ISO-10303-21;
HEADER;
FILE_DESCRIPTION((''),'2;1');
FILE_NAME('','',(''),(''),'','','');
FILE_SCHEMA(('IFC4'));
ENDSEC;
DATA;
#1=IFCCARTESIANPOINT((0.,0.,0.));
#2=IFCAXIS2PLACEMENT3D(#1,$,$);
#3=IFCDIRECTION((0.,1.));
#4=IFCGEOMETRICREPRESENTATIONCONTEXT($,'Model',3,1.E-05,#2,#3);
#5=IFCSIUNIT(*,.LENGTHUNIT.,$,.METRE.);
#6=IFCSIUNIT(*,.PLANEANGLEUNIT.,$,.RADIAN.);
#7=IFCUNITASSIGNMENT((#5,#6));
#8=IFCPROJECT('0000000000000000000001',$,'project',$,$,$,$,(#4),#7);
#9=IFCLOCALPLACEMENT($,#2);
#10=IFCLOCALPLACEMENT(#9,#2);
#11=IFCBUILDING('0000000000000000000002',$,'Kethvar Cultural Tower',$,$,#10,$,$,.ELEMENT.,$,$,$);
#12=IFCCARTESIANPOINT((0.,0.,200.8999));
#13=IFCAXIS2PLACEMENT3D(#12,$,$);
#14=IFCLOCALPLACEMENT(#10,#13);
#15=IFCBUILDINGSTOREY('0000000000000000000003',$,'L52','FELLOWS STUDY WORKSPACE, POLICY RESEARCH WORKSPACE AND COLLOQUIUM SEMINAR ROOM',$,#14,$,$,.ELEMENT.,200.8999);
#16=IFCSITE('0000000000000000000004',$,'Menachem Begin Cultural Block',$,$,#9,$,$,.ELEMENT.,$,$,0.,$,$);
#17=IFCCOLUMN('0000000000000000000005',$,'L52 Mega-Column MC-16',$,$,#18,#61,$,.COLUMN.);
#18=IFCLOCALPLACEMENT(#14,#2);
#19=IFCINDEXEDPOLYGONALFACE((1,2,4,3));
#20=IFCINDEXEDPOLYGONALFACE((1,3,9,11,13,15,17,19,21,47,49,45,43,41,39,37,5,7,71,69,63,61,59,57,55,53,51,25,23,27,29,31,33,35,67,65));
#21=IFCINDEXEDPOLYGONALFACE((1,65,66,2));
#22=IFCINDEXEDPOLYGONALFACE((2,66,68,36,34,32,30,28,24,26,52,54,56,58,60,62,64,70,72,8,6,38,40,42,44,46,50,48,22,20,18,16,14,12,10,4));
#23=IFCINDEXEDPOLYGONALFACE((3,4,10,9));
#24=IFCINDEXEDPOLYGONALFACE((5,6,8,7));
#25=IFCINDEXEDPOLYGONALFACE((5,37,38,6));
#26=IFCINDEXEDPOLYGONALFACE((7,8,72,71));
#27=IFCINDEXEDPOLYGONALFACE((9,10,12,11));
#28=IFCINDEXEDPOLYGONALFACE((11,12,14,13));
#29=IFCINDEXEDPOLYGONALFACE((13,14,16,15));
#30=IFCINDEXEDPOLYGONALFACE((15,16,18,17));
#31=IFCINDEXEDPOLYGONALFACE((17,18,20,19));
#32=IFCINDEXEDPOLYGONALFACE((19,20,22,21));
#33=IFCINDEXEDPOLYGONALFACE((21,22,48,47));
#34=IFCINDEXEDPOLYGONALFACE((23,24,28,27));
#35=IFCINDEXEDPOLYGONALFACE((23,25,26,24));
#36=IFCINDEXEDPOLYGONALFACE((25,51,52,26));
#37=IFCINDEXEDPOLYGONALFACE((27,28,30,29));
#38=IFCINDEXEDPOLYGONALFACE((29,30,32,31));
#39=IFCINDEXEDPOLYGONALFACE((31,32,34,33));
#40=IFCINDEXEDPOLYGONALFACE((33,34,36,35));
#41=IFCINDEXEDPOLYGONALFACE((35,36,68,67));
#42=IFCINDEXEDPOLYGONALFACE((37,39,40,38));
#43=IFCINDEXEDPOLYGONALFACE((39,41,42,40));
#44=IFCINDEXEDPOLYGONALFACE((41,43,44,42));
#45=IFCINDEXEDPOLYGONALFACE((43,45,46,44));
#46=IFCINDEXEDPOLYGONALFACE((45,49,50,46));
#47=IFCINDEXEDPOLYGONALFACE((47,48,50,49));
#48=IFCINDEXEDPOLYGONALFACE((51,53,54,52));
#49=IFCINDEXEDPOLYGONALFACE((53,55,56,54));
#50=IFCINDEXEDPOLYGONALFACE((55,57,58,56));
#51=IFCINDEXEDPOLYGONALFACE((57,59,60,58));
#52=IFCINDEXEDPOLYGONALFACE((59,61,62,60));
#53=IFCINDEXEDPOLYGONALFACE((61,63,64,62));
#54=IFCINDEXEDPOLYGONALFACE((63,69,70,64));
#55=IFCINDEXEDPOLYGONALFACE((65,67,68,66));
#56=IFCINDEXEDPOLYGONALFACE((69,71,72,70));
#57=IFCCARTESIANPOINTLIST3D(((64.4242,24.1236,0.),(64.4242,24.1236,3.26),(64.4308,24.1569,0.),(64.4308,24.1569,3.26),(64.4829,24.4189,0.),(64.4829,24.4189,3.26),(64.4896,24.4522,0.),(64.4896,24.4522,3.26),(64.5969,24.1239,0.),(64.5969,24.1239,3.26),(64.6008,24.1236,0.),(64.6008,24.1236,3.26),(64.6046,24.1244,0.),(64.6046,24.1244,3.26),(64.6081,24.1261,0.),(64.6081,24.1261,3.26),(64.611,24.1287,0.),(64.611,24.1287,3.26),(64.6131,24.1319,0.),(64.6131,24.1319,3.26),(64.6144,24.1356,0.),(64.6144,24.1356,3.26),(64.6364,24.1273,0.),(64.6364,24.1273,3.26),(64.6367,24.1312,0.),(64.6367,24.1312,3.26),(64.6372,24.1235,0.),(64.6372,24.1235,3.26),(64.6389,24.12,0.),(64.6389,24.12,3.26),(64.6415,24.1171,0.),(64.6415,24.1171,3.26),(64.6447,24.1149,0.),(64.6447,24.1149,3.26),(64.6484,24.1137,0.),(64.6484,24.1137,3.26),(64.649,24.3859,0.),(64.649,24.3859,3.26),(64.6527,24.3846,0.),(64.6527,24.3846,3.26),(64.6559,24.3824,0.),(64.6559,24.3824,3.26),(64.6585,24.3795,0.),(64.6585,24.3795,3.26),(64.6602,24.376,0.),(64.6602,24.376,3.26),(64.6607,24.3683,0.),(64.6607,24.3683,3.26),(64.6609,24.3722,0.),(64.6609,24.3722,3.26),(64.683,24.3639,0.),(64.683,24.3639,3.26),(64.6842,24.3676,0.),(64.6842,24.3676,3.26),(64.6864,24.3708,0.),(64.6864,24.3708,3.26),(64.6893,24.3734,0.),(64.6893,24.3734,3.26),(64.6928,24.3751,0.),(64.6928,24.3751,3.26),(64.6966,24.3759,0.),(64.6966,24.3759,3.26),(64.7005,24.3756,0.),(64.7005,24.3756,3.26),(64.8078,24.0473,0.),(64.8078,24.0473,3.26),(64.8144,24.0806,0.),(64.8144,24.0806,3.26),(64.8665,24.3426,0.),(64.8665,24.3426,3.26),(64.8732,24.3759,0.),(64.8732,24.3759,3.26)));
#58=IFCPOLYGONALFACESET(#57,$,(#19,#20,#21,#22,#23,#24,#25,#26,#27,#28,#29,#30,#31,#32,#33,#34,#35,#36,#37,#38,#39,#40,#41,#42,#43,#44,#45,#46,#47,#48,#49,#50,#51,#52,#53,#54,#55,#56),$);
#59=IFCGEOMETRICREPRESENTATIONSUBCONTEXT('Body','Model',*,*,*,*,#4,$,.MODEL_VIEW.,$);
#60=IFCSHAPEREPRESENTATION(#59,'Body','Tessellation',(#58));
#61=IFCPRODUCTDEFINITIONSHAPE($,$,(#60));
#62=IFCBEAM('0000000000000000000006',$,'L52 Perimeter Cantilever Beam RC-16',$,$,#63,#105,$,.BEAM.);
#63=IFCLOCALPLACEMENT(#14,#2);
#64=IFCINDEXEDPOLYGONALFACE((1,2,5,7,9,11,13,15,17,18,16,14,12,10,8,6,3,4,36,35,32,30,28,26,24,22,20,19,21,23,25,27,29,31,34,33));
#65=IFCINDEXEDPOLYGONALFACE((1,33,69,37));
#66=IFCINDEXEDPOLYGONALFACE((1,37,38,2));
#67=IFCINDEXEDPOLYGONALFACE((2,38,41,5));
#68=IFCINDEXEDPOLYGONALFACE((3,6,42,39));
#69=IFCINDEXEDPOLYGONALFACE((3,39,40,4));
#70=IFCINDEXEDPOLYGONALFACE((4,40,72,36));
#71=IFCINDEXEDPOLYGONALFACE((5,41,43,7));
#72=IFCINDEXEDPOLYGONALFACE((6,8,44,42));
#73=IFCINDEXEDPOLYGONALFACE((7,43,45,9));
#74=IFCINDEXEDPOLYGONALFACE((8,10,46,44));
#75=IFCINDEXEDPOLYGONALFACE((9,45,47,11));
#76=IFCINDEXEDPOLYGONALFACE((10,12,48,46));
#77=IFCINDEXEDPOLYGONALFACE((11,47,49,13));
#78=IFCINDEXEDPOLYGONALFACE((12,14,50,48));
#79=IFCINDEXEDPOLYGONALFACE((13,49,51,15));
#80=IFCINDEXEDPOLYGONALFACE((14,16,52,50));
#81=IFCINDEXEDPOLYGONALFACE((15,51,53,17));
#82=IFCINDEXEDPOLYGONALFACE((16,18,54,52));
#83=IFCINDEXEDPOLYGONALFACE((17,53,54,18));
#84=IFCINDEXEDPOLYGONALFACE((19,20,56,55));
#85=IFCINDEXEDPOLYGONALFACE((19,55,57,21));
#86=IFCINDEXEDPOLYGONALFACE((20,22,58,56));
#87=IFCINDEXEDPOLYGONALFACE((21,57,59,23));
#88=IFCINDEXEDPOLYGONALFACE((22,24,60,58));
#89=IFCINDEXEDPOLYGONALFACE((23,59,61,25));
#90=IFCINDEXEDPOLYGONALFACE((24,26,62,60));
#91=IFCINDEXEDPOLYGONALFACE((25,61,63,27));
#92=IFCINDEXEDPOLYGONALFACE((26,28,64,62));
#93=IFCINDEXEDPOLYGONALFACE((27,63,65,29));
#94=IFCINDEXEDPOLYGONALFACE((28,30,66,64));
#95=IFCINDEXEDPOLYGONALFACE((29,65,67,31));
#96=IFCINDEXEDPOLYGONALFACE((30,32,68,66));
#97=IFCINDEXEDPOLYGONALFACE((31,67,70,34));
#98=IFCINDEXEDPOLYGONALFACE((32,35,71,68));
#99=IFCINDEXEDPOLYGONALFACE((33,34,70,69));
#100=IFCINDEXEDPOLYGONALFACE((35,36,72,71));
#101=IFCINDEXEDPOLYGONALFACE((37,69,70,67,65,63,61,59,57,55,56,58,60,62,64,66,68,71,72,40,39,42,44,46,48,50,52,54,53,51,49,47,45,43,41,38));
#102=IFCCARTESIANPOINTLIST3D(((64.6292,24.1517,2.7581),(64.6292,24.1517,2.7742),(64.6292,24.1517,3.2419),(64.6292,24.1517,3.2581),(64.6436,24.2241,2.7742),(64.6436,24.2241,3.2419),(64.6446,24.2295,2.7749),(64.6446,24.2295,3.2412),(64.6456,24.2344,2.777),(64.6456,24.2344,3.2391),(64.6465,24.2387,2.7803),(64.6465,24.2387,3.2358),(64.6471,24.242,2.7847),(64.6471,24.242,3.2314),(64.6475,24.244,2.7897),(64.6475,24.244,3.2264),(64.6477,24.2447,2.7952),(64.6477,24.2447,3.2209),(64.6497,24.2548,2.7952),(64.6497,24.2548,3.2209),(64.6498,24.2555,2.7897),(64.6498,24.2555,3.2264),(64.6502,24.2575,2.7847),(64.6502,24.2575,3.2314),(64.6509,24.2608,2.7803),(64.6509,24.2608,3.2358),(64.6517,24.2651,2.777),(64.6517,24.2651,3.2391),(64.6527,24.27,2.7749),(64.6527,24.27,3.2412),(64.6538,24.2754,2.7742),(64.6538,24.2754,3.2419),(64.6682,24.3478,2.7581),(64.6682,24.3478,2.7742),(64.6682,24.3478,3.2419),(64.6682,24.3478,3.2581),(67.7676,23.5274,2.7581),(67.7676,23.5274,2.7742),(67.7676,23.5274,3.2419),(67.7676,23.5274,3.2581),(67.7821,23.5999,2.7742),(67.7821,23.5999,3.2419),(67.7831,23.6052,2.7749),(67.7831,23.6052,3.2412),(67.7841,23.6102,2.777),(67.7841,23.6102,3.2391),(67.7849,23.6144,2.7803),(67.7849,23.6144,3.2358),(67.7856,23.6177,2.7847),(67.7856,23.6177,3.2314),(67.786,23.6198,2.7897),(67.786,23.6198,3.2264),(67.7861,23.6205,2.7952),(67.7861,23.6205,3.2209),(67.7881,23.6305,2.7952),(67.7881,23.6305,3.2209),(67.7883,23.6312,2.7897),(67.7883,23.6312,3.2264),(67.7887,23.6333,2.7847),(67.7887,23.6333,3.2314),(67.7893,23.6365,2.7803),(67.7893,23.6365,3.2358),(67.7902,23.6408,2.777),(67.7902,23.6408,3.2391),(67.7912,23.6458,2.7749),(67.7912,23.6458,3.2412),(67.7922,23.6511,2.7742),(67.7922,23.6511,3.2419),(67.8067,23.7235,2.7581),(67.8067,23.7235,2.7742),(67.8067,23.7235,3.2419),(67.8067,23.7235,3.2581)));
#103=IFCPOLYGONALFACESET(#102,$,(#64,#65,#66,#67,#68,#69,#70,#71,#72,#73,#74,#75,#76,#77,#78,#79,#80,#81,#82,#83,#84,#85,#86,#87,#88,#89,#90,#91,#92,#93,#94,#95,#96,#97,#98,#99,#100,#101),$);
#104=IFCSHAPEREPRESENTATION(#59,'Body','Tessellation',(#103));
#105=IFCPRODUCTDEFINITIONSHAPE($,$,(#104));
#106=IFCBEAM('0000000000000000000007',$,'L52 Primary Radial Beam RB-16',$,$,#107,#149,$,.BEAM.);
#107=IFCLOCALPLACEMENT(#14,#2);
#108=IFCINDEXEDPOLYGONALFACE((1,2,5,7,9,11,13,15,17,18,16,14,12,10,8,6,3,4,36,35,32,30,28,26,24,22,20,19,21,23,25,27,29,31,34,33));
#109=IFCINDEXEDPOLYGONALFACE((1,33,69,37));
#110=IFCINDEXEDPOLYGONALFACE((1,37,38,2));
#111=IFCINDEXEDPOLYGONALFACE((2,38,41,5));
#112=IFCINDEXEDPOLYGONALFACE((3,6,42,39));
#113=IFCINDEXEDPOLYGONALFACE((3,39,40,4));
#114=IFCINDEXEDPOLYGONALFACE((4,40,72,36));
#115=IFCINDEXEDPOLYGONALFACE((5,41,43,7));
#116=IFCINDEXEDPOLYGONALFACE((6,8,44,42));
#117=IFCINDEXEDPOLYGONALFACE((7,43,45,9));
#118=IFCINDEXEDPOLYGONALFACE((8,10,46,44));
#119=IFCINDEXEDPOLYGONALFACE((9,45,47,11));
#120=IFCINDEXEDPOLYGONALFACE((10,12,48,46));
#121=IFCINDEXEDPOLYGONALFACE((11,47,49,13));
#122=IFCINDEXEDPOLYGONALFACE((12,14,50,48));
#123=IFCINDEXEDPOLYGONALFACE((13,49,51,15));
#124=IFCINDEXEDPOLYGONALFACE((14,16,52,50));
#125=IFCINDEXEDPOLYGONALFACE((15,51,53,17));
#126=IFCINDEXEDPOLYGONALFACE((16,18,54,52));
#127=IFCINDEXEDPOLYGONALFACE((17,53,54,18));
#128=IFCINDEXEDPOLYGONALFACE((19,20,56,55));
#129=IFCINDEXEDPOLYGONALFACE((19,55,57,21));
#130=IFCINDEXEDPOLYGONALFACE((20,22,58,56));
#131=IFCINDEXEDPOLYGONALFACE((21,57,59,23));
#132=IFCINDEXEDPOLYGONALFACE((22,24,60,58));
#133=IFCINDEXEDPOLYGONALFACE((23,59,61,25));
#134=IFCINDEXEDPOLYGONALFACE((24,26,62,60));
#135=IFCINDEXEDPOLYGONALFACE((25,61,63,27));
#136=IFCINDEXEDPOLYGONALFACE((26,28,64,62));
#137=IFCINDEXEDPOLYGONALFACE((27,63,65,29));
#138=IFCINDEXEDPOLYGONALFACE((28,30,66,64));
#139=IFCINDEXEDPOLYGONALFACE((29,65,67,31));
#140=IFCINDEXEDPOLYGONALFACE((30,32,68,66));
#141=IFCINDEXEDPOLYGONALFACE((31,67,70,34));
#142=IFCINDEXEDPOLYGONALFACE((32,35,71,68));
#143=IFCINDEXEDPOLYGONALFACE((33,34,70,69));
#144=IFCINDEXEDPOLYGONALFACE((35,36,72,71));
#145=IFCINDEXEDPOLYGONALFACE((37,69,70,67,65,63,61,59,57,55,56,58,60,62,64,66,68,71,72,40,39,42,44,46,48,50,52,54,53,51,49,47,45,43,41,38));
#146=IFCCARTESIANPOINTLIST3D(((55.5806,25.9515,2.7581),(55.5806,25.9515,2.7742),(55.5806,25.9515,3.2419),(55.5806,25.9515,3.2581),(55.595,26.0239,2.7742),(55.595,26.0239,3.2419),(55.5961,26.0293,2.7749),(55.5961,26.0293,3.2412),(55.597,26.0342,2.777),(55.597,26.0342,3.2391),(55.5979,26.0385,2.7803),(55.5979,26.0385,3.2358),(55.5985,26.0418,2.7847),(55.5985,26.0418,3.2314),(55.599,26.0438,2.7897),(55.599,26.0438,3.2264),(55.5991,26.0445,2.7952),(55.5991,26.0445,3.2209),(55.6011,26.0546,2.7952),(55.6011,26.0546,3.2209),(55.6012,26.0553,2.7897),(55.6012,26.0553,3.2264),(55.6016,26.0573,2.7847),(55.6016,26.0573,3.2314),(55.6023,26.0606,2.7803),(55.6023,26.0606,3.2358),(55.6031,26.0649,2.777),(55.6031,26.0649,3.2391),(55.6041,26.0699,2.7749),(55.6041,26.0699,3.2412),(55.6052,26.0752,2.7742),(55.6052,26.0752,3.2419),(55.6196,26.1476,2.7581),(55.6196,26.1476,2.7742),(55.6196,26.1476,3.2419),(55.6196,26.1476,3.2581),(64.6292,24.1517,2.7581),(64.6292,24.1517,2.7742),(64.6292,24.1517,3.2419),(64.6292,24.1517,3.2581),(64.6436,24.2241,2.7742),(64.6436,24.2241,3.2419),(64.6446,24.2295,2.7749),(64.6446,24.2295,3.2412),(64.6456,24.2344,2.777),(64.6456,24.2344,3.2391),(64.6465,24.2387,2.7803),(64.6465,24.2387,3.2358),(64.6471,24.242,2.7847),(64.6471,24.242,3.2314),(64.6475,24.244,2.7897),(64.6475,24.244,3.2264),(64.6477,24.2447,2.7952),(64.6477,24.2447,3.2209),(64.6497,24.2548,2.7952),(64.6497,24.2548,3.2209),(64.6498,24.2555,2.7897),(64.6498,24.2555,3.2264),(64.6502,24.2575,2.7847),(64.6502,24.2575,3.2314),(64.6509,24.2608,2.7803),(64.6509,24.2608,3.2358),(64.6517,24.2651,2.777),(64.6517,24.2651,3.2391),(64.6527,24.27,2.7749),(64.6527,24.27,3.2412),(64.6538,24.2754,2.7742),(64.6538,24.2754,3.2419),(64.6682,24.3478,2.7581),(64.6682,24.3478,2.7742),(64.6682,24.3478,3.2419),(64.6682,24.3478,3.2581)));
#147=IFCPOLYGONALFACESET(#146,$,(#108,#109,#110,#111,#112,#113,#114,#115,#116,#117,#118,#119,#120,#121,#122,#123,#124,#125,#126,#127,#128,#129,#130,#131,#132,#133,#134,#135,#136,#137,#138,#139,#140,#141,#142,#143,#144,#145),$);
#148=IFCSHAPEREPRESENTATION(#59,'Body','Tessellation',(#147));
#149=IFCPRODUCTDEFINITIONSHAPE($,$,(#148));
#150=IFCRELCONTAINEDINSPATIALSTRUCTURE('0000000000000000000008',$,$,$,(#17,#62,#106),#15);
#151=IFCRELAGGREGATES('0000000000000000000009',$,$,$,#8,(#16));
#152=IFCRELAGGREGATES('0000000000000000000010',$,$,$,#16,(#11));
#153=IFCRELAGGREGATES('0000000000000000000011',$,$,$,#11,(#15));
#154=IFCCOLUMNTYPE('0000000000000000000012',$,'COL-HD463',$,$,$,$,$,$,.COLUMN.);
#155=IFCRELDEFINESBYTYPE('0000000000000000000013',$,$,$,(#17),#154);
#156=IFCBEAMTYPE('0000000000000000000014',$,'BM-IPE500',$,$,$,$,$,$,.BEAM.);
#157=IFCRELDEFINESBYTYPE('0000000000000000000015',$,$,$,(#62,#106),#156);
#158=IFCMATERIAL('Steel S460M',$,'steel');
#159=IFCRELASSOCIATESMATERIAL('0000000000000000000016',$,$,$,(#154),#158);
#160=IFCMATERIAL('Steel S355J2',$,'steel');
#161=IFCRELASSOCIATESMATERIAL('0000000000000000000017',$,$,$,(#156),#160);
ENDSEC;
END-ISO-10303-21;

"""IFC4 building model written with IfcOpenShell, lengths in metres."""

from ifc_helpers import new_model, si_unit, direction, frame, origin, origin_2d, place, context, subcontext, project, spatial, i_section, extrude, source, transform, mapped, material, material_profile, profile_set, type_object, element, save


model = new_model("IFC4")

# Units and contexts
model_context = context("Model", 3, precision=1e-05, world=origin(), true_north=direction((0.0, 1.0)))
body_context = subcontext(model_context, "Body", "Model", "MODEL_VIEW")
ifc_project = project(units=[si_unit("LENGTHUNIT", "METRE"), si_unit("PLANEANGLEUNIT", "RADIAN")], contexts=[model_context])

# Site, building, storey
site_placement = place(None, origin())
site = spatial("IfcSite", under=ifc_project, at=site_placement, Name="Menachem Begin Cultural Block", CompositionType="ELEMENT", RefElevation=0.0)
building_placement = place(site_placement, origin())
building = spatial("IfcBuilding", under=site, at=building_placement, Name="Kethvar Cultural Tower", CompositionType="ELEMENT")
storey_placement = place(building_placement, frame((0.0, 0.0, 200.8999)))
storey = spatial("IfcBuildingStorey", under=building, at=storey_placement, Name="L52", Description="FELLOWS STUDY WORKSPACE, POLICY RESEARCH WORKSPACE AND COLLOQUIUM SEMINAR ROOM", CompositionType="ELEMENT", Elevation=200.8999)

# Column
ifc_material_1 = material(Name="Steel S460M", Category="steel")
ifc_material_profile_1 = material_profile(ifc_material_1, i_section(OverallWidth=0.3911, OverallDepth=0.335, WebThickness=0.0227, FlangeThickness=0.0339, FilletRadius=0.0149, at=origin_2d()), Name="Steel S460M — HD400x463")
ifc_profile_set_1 = profile_set([ifc_material_profile_1], Name="Steel S460M — HD400x463")
column_type = type_object("IfcColumnType", Name="COL-HD463", PredefinedType="COLUMN", material=ifc_profile_set_1)
shared_shape_1 = source(origin(), body_context, "Body", "SweptSolid", [
    extrude(i_section(OverallWidth=0.3911, OverallDepth=0.335, WebThickness=0.0227, FlangeThickness=0.0339, FilletRadius=0.0149, at=origin_2d()), origin(), (0.0, 0.0, 1.0), 3.26),
])
column_placement = place(storey_placement, frame((64.6487, 24.2498, 0.0), z_axis=(0.0, 0.0, 1.0), x_axis=(0.980785, -0.19509, 0.0)))
element("IfcColumn", 1, at=column_placement, inside=storey, type_object=column_type, Name="L52 Mega-Column MC-16", PredefinedType="COLUMN", context=body_context, shape_type="MappedRepresentation", body=[
    mapped(shared_shape_1, transform((0.0, 0.0, 0.0), scale=1.0)),
])

# Beams
ifc_material_2 = material(Name="Steel S355J2", Category="steel")
ifc_material_profile_2 = material_profile(ifc_material_2, i_section(OverallWidth=0.2, OverallDepth=0.5, WebThickness=0.0103, FlangeThickness=0.0161, FilletRadius=0.021, at=origin_2d()), Name="Steel S355J2 — IPE500")
ifc_profile_set_2 = profile_set([ifc_material_profile_2], Name="Steel S355J2 — IPE500")
beam_type_1 = type_object("IfcBeamType", Name="BM-IPE500", PredefinedType="BEAM", material=ifc_profile_set_2)
shared_shape_2 = source(origin(), body_context, "Body", "SweptSolid", [
    extrude(i_section(OverallWidth=0.2, OverallDepth=0.5, WebThickness=0.0103, FlangeThickness=0.0161, FilletRadius=0.021, at=origin_2d()), origin(), (0.0, 0.0, 1.0), 3.2),
])
beam_1_placement = place(storey_placement, frame((64.6487, 24.2498, 3.0081), z_axis=(0.980786, -0.195089, 0.0), x_axis=(0.195089, 0.980786, 0.0)))
element("IfcBeam", 2, at=beam_1_placement, inside=storey, type_object=beam_type_1, Name="L52 Perimeter Cantilever Beam RC-16", PredefinedType="BEAM", context=body_context, shape_type="MappedRepresentation", body=[
    mapped(shared_shape_2, transform((0.0, 0.0, 0.0), scale=1.0)),
])
shared_shape_3 = source(origin(), body_context, "Body", "SweptSolid", [
    extrude(i_section(OverallWidth=0.2, OverallDepth=0.5, WebThickness=0.0103, FlangeThickness=0.0161, FilletRadius=0.021, at=origin_2d()), origin(), (0.0, 0.0, 1.0), 9.2258),
])
beam_2_placement = place(storey_placement, frame((55.6001, 26.0496, 3.0081), z_axis=(0.980787, -0.195083, 0.0), x_axis=(0.195083, 0.980787, 0.0)))
element("IfcBeam", 3, at=beam_2_placement, inside=storey, type_object=beam_type_1, Name="L52 Primary Radial Beam RB-16", PredefinedType="BEAM", context=body_context, shape_type="MappedRepresentation", body=[
    mapped(shared_shape_3, transform((0.0, 0.0, 0.0), scale=1.0)),
])

save(model, "model.ifc")
